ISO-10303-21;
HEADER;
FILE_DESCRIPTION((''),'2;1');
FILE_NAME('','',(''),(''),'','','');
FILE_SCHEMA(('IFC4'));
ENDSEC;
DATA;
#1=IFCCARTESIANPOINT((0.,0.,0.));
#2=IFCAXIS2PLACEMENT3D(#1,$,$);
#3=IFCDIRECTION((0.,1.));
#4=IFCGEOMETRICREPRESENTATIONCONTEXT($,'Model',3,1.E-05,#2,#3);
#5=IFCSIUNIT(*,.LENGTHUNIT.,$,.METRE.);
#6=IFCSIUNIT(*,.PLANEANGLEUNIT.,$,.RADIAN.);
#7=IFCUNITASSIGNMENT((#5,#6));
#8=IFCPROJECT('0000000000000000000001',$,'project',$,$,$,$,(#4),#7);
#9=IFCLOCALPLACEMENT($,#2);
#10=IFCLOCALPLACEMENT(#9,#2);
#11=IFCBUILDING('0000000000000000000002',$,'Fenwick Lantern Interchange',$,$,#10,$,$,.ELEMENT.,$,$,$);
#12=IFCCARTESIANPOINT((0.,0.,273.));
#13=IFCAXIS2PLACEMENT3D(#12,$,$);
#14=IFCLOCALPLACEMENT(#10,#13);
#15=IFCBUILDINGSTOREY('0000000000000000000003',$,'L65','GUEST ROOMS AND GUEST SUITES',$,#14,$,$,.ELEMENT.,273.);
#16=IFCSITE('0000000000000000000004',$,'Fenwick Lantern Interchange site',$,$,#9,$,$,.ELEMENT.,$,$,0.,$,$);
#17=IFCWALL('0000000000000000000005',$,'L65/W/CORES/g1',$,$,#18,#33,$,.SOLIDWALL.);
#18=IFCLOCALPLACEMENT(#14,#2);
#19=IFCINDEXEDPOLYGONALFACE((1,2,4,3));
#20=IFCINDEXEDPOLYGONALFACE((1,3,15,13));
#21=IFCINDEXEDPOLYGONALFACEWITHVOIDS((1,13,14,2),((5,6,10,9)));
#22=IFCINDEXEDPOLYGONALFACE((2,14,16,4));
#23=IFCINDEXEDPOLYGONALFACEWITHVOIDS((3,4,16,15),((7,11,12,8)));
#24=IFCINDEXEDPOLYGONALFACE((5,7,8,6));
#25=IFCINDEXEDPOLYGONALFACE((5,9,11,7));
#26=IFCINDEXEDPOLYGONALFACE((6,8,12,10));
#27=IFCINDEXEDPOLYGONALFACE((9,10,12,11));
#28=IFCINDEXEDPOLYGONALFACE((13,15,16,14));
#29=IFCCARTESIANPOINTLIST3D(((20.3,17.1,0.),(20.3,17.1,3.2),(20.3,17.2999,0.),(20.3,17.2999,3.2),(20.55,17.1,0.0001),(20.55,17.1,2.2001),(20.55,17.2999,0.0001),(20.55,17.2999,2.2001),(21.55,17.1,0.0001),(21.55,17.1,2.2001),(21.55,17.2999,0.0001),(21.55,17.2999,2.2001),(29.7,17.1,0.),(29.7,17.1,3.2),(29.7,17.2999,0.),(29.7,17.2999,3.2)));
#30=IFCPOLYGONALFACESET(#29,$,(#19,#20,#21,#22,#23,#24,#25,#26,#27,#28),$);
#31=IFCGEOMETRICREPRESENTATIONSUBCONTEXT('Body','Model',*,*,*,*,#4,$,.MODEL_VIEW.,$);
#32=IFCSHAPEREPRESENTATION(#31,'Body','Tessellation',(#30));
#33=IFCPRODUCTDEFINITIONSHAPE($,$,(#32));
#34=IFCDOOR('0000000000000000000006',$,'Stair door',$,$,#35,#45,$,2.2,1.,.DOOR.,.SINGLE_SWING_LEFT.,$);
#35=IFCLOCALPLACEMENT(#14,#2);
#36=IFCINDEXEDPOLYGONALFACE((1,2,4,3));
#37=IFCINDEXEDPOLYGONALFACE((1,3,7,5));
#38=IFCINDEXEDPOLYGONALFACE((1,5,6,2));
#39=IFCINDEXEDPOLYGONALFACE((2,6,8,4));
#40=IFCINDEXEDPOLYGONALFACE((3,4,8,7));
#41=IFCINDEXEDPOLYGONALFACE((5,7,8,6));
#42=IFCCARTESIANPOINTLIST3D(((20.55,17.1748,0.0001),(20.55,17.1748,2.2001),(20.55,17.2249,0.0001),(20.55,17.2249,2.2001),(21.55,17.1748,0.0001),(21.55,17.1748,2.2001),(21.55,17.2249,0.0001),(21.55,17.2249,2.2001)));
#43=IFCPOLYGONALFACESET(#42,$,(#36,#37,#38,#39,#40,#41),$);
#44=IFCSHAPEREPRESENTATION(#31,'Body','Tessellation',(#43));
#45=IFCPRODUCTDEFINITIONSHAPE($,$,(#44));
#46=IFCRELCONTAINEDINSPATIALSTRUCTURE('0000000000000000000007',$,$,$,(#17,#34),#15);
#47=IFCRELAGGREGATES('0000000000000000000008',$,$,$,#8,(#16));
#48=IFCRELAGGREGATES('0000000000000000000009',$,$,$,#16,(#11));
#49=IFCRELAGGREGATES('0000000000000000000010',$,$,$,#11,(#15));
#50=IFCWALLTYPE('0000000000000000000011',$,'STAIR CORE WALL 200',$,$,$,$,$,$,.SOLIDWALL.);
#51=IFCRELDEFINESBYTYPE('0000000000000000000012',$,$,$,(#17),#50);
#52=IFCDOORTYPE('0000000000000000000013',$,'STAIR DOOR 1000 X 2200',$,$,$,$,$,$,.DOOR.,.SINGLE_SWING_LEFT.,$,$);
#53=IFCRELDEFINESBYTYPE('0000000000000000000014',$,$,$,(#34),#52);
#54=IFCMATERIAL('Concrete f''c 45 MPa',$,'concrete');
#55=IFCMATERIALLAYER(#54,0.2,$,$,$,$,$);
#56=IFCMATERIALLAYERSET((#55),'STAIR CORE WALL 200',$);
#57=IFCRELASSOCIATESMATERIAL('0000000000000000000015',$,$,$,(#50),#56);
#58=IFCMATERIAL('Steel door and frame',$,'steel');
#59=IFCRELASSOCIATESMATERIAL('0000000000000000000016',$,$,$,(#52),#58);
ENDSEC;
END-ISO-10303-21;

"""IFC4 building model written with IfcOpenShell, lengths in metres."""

from ifc_helpers import new_model, si_unit, direction, frame, frame_2d, origin, place, context, subcontext, project, spatial, rectangle, extrude, material, layer, layer_set, type_object, element, fill, save


model = new_model("IFC4")

# Units and contexts
model_context = context("Model", 3, precision=1e-05, world=origin(), true_north=direction((0.0, 1.0)))
body_context = subcontext(model_context, "Body", "Model", "MODEL_VIEW")
ifc_project = project(units=[si_unit("LENGTHUNIT", "METRE"), si_unit("PLANEANGLEUNIT", "RADIAN")], contexts=[model_context])

# Site, building, storey
site_placement = place(None, origin())
site = spatial("IfcSite", under=ifc_project, at=site_placement, Name="Fenwick Lantern Interchange site", CompositionType="ELEMENT", RefElevation=0.0)
building_placement = place(site_placement, origin())
building = spatial("IfcBuilding", under=site, at=building_placement, Name="Fenwick Lantern Interchange", CompositionType="ELEMENT")
storey_placement = place(building_placement, frame((0.0, 0.0, 273.0)))
storey = spatial("IfcBuildingStorey", under=building, at=storey_placement, Name="L65", Description="GUEST ROOMS AND GUEST SUITES", CompositionType="ELEMENT", Elevation=273.0)

# Shared definitions
ifc_material_1 = material(Name="Steel door and frame", Category="steel")

# Shared definitions
ifc_material_2 = material(Name="Concrete f'c 45 MPa", Category="concrete")
ifc_layer_1 = layer(ifc_material_2, 0.2)
ifc_layer_set_1 = layer_set([ifc_layer_1], Name="STAIR CORE WALL 200")
wall_type_1 = type_object("IfcWallType", Name="STAIR CORE WALL 200", PredefinedType="SOLIDWALL", material=ifc_layer_set_1)

# Wall, opening, door
wall_1_placement = place(storey_placement, frame((20.3, 17.2, 0.0), z_axis=(0.0, 0.0, 1.0), x_axis=(1.0, 0.0, 0.0)))
wall_1 = element("IfcWall", 1, at=wall_1_placement, inside=storey, type_object=wall_type_1, Name="L65/W/CORES/g1", PredefinedType="SOLIDWALL", context=body_context, shape_type="SweptSolid", body=[
    extrude(rectangle(XDim=9.3999, YDim=0.2, at=frame_2d((4.7, 0.0))), origin(), (0.0, 0.0, 1.0), 3.2),
])
opening_1_placement = place(wall_1_placement, frame((0.25, 0.0, 0.0)))
opening_1 = element("IfcOpeningElement", 2, at=opening_1_placement, cuts=wall_1, PredefinedType="OPENING", context=body_context, shape_type="SweptSolid", body=[
    extrude(rectangle(XDim=1.0, YDim=2.2, at=frame_2d((0.5, 1.1001))), frame((0.0, 0.1099, 0.0), z_axis=(0.0, -1.0, 0.0), x_axis=(1.0, 0.0, 0.0)), (0.0, 0.0, 1.0), 0.22),
])
door_type_1 = type_object("IfcDoorType", Name="STAIR DOOR 1000 X 2200", OperationType="SINGLE_SWING_LEFT", PredefinedType="DOOR", material=ifc_material_1)
door_1_placement = place(opening_1_placement, origin())
door_1 = element("IfcDoor", 3, at=door_1_placement, inside=storey, type_object=door_type_1, Name="Stair door", OperationType="SINGLE_SWING_LEFT", OverallHeight=2.2, OverallWidth=1.0, PredefinedType="DOOR", context=body_context, shape_type="SweptSolid", body=[
    extrude(rectangle(XDim=1.0, YDim=2.2, at=frame_2d((0.5, 1.1001))), frame((0.0, 0.0249, 0.0), z_axis=(0.0, -1.0, 0.0), x_axis=(1.0, 0.0, 0.0)), (0.0, 0.0, 1.0), 0.05),
])
fill(opening_1, door_1)

save(model, "model.ifc")
